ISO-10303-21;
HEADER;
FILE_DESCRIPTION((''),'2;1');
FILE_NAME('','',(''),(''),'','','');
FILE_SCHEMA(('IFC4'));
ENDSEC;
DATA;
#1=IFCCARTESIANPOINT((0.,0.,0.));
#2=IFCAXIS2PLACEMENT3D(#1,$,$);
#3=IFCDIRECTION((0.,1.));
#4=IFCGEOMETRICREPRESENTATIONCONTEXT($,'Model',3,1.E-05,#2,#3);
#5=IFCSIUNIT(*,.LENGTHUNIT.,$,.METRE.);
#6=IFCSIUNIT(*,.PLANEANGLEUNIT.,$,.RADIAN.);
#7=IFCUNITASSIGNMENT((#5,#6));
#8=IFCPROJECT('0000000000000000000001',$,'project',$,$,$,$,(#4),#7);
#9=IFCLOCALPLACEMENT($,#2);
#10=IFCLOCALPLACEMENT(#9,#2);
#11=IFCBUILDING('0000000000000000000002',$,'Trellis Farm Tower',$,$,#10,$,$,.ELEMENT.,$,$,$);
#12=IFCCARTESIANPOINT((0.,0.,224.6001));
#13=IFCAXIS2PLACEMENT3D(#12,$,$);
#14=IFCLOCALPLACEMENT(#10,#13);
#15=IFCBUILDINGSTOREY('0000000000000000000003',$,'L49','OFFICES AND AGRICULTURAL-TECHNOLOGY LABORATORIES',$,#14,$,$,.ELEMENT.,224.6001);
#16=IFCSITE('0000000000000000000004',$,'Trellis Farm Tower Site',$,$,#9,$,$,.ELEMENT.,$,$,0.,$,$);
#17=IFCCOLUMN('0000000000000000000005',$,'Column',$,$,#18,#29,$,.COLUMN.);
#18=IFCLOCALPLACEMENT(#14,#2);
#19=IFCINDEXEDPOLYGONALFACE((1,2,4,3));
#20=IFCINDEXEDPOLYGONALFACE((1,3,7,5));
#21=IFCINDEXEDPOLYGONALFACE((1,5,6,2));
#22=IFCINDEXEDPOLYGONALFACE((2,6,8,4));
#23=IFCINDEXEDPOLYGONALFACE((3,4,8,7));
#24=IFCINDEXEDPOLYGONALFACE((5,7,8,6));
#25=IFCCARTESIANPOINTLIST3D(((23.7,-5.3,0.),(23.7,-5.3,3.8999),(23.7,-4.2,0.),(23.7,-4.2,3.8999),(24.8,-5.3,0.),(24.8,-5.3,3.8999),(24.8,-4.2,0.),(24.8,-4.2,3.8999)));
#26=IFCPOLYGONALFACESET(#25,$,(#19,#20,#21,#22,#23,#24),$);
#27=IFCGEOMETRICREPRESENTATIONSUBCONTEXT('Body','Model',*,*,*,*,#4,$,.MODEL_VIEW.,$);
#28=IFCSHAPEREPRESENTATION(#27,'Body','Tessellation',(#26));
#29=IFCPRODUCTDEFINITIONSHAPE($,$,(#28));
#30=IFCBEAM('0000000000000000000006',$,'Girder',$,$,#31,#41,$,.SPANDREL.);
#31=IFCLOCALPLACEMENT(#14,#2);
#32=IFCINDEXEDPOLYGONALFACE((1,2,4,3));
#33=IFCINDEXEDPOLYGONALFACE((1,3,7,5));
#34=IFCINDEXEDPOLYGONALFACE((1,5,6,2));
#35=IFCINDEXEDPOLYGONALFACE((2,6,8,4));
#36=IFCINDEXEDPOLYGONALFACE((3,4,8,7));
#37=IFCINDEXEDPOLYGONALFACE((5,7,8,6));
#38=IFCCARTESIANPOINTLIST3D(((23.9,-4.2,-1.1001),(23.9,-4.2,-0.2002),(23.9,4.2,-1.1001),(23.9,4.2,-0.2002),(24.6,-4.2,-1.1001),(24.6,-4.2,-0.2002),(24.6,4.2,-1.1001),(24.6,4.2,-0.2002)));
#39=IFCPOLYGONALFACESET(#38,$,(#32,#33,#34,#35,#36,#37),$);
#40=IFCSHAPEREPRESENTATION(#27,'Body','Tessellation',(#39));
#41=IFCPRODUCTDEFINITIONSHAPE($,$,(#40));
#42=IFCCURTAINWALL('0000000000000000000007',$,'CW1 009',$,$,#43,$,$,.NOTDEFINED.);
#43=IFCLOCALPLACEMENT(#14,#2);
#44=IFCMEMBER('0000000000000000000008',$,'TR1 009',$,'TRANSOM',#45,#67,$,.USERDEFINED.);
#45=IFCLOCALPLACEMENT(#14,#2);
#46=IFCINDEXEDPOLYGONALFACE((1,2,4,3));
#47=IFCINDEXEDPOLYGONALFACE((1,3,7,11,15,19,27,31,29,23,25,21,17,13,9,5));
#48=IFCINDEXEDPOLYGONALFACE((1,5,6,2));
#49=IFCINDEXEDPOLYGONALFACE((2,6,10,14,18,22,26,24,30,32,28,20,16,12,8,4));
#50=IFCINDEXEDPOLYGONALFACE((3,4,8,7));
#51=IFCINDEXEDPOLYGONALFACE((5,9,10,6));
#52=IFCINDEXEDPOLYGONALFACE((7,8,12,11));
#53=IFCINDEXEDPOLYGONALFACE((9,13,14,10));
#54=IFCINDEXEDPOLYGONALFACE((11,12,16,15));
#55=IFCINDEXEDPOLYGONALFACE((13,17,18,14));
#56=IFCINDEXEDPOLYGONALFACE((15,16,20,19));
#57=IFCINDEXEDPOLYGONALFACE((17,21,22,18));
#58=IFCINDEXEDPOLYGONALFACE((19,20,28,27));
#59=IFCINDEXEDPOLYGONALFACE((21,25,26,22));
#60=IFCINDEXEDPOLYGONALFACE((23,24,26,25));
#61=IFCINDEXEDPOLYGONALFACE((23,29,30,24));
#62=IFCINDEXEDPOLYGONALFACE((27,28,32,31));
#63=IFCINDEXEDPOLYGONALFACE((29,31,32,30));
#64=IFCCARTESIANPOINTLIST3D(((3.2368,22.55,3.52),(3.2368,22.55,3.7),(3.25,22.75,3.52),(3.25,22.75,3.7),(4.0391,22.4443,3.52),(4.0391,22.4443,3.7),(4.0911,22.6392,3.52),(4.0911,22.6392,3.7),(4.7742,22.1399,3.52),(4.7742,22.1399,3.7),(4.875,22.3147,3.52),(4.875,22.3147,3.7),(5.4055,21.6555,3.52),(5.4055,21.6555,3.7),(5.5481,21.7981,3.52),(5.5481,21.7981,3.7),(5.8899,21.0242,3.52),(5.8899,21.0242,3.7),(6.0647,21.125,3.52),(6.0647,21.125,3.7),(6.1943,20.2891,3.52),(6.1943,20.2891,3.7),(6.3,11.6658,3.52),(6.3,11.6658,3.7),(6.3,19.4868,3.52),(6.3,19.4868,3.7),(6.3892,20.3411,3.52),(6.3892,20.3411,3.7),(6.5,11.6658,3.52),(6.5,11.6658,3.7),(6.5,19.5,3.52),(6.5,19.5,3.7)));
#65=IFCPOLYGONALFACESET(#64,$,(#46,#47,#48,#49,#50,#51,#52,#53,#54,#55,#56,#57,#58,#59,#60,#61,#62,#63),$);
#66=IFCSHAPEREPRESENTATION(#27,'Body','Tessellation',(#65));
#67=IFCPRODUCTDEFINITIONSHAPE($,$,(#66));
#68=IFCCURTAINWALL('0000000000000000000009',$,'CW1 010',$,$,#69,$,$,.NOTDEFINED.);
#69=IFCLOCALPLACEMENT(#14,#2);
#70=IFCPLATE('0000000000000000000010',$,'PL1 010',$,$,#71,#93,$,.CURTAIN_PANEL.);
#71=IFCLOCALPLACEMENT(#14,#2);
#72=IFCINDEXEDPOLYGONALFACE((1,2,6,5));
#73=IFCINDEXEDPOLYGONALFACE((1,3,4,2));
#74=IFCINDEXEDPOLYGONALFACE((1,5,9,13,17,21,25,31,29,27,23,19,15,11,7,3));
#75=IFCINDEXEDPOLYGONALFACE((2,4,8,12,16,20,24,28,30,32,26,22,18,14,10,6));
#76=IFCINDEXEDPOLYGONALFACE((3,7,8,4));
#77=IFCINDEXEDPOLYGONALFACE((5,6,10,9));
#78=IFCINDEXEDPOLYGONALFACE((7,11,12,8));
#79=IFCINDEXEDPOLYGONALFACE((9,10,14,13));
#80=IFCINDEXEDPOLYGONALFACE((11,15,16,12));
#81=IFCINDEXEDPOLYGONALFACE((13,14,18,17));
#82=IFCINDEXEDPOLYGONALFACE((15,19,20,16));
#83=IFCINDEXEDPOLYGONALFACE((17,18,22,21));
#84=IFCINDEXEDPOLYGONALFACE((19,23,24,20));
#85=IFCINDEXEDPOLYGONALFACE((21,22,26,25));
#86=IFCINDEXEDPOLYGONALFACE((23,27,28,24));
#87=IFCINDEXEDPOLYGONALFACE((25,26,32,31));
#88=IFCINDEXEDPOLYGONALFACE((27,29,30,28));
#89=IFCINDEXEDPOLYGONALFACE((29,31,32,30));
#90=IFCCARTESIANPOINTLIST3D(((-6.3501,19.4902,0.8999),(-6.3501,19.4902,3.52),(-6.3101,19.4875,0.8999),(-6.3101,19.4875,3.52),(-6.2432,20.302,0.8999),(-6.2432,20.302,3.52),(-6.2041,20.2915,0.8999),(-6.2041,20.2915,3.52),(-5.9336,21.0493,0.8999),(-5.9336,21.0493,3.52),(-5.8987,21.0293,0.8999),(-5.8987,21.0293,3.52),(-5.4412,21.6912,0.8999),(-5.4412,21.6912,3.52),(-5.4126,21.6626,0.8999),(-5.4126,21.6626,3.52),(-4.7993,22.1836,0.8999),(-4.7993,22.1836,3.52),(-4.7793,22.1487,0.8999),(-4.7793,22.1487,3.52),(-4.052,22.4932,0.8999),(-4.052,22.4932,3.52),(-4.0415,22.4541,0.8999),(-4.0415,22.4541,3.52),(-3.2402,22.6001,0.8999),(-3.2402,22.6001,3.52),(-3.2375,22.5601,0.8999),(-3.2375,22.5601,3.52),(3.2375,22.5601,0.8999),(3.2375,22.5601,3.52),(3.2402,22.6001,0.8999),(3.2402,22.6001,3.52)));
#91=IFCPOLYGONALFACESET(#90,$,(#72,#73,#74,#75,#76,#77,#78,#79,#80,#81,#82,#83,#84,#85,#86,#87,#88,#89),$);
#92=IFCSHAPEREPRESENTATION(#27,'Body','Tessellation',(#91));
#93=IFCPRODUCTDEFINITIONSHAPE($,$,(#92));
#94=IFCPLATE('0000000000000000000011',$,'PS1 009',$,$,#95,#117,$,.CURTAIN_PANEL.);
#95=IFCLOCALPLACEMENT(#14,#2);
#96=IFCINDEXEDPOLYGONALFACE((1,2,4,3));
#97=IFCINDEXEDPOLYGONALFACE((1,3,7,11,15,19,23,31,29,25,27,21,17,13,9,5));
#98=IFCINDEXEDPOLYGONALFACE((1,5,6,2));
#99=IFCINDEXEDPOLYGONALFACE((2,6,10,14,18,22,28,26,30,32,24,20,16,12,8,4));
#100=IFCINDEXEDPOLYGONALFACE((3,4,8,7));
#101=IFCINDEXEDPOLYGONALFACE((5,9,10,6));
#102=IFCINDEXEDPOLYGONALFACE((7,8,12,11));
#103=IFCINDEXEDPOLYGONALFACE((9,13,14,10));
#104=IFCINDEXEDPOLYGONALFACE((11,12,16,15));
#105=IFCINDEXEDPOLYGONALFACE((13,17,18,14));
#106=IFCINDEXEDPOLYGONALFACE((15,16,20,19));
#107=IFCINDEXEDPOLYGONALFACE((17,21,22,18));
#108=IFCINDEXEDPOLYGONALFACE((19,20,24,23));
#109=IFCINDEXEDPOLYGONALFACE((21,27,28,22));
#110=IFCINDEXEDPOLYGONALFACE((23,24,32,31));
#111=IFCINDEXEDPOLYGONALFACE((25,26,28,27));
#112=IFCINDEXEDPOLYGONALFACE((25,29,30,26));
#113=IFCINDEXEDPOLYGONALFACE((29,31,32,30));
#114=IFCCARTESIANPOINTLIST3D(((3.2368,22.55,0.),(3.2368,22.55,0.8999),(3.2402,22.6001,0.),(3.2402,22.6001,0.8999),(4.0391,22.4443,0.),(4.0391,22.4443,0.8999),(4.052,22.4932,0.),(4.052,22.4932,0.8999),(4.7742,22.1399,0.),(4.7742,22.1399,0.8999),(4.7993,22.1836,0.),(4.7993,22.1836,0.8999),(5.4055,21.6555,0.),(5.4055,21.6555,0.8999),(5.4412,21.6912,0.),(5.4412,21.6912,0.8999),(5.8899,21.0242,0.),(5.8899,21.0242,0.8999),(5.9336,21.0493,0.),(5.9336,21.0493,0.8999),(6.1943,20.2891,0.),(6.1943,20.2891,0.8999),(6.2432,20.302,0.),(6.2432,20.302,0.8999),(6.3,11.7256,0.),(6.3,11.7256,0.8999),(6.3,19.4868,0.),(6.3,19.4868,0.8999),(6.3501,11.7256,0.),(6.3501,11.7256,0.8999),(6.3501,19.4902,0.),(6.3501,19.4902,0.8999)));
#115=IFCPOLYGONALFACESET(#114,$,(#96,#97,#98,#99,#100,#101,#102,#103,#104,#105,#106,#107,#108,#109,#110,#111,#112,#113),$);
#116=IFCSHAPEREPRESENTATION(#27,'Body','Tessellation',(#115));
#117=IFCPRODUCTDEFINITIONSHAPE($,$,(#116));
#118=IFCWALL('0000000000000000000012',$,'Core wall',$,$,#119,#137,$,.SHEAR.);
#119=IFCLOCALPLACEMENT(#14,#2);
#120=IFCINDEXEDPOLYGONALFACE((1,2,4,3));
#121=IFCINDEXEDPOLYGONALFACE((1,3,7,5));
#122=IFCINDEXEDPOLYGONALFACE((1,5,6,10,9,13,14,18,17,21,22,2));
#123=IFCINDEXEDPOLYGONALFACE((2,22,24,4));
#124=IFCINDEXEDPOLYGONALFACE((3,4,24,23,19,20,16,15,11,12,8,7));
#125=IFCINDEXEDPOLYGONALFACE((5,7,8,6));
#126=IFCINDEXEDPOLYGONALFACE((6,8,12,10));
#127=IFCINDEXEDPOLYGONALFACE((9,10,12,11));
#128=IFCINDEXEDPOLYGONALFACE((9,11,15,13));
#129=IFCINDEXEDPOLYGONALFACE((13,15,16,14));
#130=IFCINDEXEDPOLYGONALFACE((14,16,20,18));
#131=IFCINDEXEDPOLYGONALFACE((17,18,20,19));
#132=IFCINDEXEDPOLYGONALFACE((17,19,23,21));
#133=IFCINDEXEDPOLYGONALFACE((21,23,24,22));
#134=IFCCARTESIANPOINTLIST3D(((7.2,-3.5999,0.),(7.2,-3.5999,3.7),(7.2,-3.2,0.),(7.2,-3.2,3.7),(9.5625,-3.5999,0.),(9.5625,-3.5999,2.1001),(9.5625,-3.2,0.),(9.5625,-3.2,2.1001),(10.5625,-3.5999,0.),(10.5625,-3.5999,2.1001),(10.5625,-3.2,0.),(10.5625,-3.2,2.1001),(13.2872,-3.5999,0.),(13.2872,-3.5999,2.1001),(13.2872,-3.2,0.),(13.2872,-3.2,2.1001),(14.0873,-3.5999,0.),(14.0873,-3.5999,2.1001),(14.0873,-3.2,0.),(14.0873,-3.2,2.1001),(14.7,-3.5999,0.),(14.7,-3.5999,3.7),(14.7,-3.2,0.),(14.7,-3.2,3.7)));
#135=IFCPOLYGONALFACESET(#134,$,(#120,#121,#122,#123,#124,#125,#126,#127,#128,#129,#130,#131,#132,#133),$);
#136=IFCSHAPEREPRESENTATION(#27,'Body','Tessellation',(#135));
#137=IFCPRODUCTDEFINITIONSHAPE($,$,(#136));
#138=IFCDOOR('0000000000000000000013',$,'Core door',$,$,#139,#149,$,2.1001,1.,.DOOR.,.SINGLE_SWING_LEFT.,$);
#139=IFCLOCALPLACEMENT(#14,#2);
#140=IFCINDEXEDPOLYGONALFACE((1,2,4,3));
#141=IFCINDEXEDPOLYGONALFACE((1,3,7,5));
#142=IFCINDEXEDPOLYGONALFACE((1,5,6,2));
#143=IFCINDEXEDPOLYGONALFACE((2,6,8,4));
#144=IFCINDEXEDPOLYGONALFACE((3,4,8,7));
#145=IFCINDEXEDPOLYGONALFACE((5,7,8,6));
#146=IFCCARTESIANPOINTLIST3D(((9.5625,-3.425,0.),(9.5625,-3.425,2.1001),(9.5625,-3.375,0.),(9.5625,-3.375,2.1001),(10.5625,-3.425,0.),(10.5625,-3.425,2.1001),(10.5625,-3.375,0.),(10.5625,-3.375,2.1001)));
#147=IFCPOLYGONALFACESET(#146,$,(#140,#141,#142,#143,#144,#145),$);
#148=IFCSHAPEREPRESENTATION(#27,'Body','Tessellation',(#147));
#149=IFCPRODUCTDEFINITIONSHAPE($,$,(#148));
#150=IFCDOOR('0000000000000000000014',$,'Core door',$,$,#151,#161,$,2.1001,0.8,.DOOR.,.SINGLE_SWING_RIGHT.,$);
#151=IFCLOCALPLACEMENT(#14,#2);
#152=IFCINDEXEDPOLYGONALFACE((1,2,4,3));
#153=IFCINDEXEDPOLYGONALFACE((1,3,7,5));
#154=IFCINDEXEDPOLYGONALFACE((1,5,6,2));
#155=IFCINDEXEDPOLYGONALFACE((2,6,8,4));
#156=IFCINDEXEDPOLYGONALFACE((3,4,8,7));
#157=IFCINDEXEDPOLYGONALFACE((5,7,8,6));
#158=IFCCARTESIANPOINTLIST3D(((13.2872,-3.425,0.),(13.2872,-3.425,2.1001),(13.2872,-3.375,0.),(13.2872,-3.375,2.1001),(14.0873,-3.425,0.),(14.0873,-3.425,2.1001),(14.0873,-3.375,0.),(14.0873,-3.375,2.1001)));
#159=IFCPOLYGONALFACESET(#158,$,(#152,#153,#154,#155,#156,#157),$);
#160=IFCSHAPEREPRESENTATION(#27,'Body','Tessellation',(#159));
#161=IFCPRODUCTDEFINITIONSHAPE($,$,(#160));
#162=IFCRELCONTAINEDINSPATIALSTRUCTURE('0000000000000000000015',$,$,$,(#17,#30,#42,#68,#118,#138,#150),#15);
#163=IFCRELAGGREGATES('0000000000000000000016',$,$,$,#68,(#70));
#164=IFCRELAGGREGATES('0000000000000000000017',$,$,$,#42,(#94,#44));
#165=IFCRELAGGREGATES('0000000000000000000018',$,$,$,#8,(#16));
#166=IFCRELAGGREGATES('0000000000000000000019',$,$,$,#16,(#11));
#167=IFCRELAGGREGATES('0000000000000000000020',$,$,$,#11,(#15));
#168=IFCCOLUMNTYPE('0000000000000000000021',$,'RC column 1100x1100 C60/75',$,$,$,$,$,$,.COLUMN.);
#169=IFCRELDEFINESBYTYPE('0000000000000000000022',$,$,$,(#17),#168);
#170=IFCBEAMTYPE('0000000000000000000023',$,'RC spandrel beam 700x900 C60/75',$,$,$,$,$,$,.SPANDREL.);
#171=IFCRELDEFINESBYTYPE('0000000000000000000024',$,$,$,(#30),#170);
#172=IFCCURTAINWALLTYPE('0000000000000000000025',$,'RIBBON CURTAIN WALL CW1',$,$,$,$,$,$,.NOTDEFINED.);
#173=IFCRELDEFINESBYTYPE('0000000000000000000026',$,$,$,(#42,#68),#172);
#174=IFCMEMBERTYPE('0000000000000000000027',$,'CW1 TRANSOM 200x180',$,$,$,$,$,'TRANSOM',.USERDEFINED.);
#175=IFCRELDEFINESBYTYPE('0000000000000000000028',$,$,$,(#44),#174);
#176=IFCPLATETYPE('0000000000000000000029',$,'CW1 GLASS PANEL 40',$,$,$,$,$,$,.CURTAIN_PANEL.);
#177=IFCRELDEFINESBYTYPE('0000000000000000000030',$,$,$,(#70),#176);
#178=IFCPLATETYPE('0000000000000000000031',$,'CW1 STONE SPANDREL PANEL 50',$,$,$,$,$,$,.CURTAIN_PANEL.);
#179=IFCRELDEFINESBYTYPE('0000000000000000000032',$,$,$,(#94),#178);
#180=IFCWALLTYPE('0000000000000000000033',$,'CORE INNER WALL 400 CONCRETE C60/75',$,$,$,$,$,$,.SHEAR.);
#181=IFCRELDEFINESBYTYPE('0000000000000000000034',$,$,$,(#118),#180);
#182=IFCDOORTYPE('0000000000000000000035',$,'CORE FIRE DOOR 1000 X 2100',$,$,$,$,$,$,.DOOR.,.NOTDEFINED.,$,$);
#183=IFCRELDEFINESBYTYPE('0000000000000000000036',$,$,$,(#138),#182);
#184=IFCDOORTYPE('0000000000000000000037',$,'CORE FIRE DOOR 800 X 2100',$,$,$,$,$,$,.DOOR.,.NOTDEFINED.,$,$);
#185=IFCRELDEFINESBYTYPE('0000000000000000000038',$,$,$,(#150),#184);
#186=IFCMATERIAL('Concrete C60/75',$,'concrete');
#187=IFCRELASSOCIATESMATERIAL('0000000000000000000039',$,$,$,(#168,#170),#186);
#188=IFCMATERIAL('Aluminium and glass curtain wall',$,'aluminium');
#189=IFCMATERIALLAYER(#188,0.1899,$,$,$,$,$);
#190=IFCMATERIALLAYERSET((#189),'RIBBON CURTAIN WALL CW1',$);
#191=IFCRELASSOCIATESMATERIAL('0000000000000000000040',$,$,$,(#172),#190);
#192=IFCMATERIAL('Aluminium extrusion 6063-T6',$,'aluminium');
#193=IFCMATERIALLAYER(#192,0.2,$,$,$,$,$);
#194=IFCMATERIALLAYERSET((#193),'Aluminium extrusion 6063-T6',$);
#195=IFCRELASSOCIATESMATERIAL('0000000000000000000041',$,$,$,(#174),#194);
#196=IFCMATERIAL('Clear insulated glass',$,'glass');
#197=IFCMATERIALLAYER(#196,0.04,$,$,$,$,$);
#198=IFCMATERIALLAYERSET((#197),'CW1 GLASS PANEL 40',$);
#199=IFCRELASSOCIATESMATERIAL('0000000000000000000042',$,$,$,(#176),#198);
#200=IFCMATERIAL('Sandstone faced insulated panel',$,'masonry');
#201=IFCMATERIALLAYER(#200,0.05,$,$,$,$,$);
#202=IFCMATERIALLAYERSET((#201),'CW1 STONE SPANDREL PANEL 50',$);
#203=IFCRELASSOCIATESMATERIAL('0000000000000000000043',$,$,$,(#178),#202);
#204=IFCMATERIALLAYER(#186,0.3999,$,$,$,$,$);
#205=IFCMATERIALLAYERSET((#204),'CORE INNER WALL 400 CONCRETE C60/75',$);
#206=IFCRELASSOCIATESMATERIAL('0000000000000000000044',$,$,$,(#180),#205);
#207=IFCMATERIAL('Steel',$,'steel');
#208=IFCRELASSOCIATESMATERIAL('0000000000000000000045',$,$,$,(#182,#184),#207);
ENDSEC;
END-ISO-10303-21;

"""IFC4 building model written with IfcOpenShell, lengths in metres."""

from ifc_helpers import new_model, si_unit, direction, frame, frame_2d, origin, origin_2d, place, context, subcontext, project, spatial, polyline, rectangle, outline, extrude, source, transform, mapped, material, layer, layer_set, material_profile, profile_set, type_object, element, fill, aggregate, save


model = new_model("IFC4")

# Units and contexts
model_context = context("Model", 3, precision=1e-05, world=origin(), true_north=direction((0.0, 1.0)))
body_context = subcontext(model_context, "Body", "Model", "MODEL_VIEW")
ifc_project = project(units=[si_unit("LENGTHUNIT", "METRE"), si_unit("PLANEANGLEUNIT", "RADIAN")], contexts=[model_context])

# Site, building, storey
site_placement = place(None, origin())
site = spatial("IfcSite", under=ifc_project, at=site_placement, Name="Trellis Farm Tower Site", CompositionType="ELEMENT", RefElevation=0.0)
building_placement = place(site_placement, origin())
building = spatial("IfcBuilding", under=site, at=building_placement, Name="Trellis Farm Tower", CompositionType="ELEMENT")
storey_placement = place(building_placement, frame((0.0, 0.0, 224.6001)))
storey = spatial("IfcBuildingStorey", under=building, at=storey_placement, Name="L49", Description="OFFICES AND AGRICULTURAL-TECHNOLOGY LABORATORIES", CompositionType="ELEMENT", Elevation=224.6001)

# Column
ifc_material_1 = material(Name="Concrete C60/75", Category="concrete")
ifc_material_profile_1 = material_profile(ifc_material_1, rectangle(XDim=1.1001, YDim=1.1001, at=origin_2d()), Name="RC column 1100x1100 C60/75")
ifc_profile_set_1 = profile_set([ifc_material_profile_1], Name="Concrete C60/75")
column_type = type_object("IfcColumnType", Name="RC column 1100x1100 C60/75", PredefinedType="COLUMN", material=ifc_profile_set_1)
shared_shape_1 = source(origin(), body_context, "Body", "SweptSolid", [
    extrude(rectangle(XDim=1.1001, YDim=1.1001, at=origin_2d()), origin(), (0.0, 0.0, 1.0), 3.8999),
])
column_placement = place(storey_placement, frame((24.25, -4.75, 0.0), z_axis=(0.0, 0.0, 1.0), x_axis=(1.0, 0.0, 0.0)))
element("IfcColumn", 1, at=column_placement, inside=storey, type_object=column_type, Name="Column", PredefinedType="COLUMN", context=body_context, shape_type="MappedRepresentation", body=[
    mapped(shared_shape_1, transform((0.0, 0.0, 0.0))),
])

# Beam
ifc_material_profile_2 = material_profile(ifc_material_1, rectangle(XDim=0.7, YDim=0.8999, at=origin_2d()), Name="RC spandrel beam 700x900 C60/75")
ifc_profile_set_2 = profile_set([ifc_material_profile_2], Name="Concrete C60/75")
beam_type = type_object("IfcBeamType", Name="RC spandrel beam 700x900 C60/75", PredefinedType="SPANDREL", material=ifc_profile_set_2)
shared_shape_2 = source(origin(), body_context, "Body", "SweptSolid", [
    extrude(rectangle(XDim=0.7, YDim=0.8999, at=origin_2d()), origin(), (0.0, 0.0, 1.0), 8.3999),
])
beam_placement = place(storey_placement, frame((24.25, -4.2, -0.6501), z_axis=(0.0, 1.0, 0.0), x_axis=(-1.0, 0.0, 0.0)))
element("IfcBeam", 2, at=beam_placement, inside=storey, type_object=beam_type, Name="Girder", PredefinedType="SPANDREL", context=body_context, shape_type="MappedRepresentation", body=[
    mapped(shared_shape_2, transform((0.0, 0.0, 0.0))),
])

# Curtain wall, member
ifc_material_2 = material(Name="Aluminium and glass curtain wall", Category="aluminium")
ifc_layer_1 = layer(ifc_material_2, 0.1899)
ifc_layer_set_1 = layer_set([ifc_layer_1], Name="RIBBON CURTAIN WALL CW1")
curtain_wall_type = type_object("IfcCurtainWallType", Name="RIBBON CURTAIN WALL CW1", PredefinedType="NOTDEFINED", material=ifc_layer_set_1)
placement = place(storey_placement, origin())
curtain_wall_1 = element("IfcCurtainWall", 3, at=placement, inside=storey, type_object=curtain_wall_type, Name="CW1 009", PredefinedType="NOTDEFINED")
ifc_material_3 = material(Name="Aluminium extrusion 6063-T6", Category="aluminium")
ifc_layer_2 = layer(ifc_material_3, 0.2)
ifc_layer_set_2 = layer_set([ifc_layer_2], Name="Aluminium extrusion 6063-T6")
member_type = type_object("IfcMemberType", Name="CW1 TRANSOM 200x180", ElementType="TRANSOM", PredefinedType="USERDEFINED", material=ifc_layer_set_2)
shared_shape_3 = source(origin(), body_context, "Body", "SweptSolid", [
    extrude(outline(polyline([(6.5, 11.6658), (6.5, 19.5), (6.3892, 20.3411), (6.0647, 21.125), (5.5481, 21.7981), (4.875, 22.3147), (4.0911, 22.6392), (3.25, 22.75), (3.2368, 22.55), (4.0391, 22.4443), (4.7742, 22.1399), (5.4055, 21.6555), (5.8899, 21.0242), (6.1943, 20.2891), (6.3, 19.4868), (6.3, 11.6658), (6.5, 11.6658)])), origin(), (0.0, 0.0, 1.0), 0.1799),
])
member_placement = place(storey_placement, frame((0.0, 0.0, 3.52)))
member = element("IfcMember", 4, at=member_placement, type_object=member_type, Name="TR1 009", ObjectType="TRANSOM", PredefinedType="USERDEFINED", context=body_context, shape_type="MappedRepresentation", body=[
    mapped(shared_shape_3, transform((0.0, 0.0, 0.0))),
])

# Curtain wall, plate
curtain_wall_2 = element("IfcCurtainWall", 5, at=placement, inside=storey, type_object=curtain_wall_type, Name="CW1 010", PredefinedType="NOTDEFINED")
ifc_material_4 = material(Name="Clear insulated glass", Category="glass")
ifc_layer_3 = layer(ifc_material_4, 0.04)
ifc_layer_set_3 = layer_set([ifc_layer_3], Name="CW1 GLASS PANEL 40")
plate_type_1 = type_object("IfcPlateType", Name="CW1 GLASS PANEL 40", PredefinedType="CURTAIN_PANEL", material=ifc_layer_set_3)
shared_shape_4 = source(origin(), body_context, "Body", "SweptSolid", [
    extrude(outline(polyline([(3.2402, 22.6001), (-3.2402, 22.6001), (-4.052, 22.4932), (-4.7993, 22.1836), (-5.4412, 21.6912), (-5.9336, 21.0493), (-6.2432, 20.302), (-6.3501, 19.4902), (-6.3101, 19.4875), (-6.2041, 20.2915), (-5.8987, 21.0293), (-5.4126, 21.6626), (-4.7793, 22.1487), (-4.0415, 22.4541), (-3.2375, 22.5601), (3.2375, 22.5601), (3.2402, 22.6001)])), origin(), (0.0, 0.0, 1.0), 2.6201),
])
plate_1_placement = place(storey_placement, frame((0.0, 0.0, 0.8999)))
plate_1 = element("IfcPlate", 6, at=plate_1_placement, type_object=plate_type_1, Name="PL1 010", PredefinedType="CURTAIN_PANEL", context=body_context, shape_type="MappedRepresentation", body=[
    mapped(shared_shape_4, transform((0.0, 0.0, 0.0))),
])
aggregate(curtain_wall_2, [plate_1])

# Plate
ifc_material_5 = material(Name="Sandstone faced insulated panel", Category="masonry")
ifc_layer_4 = layer(ifc_material_5, 0.05)
ifc_layer_set_4 = layer_set([ifc_layer_4], Name="CW1 STONE SPANDREL PANEL 50")
plate_type_2 = type_object("IfcPlateType", Name="CW1 STONE SPANDREL PANEL 50", PredefinedType="CURTAIN_PANEL", material=ifc_layer_set_4)
shared_shape_5 = source(origin(), body_context, "Body", "SweptSolid", [
    extrude(outline(polyline([(6.3501, 11.7256), (6.3501, 19.4902), (6.2432, 20.302), (5.9336, 21.0493), (5.4412, 21.6912), (4.7993, 22.1836), (4.052, 22.4932), (3.2402, 22.6001), (3.2368, 22.55), (4.0391, 22.4443), (4.7742, 22.1399), (5.4055, 21.6555), (5.8899, 21.0242), (6.1943, 20.2891), (6.3, 19.4868), (6.3, 11.7256), (6.3501, 11.7256)])), origin(), (0.0, 0.0, 1.0), 0.8999),
])
plate_2 = element("IfcPlate", 7, at=placement, type_object=plate_type_2, Name="PS1 009", PredefinedType="CURTAIN_PANEL", context=body_context, shape_type="MappedRepresentation", body=[
    mapped(shared_shape_5, transform((0.0, 0.0, 0.0))),
])
aggregate(curtain_wall_1, [plate_2, member])

# Wall, openings, doors
ifc_layer_5 = layer(ifc_material_1, 0.3999)
ifc_layer_set_5 = layer_set([ifc_layer_5], Name="CORE INNER WALL 400 CONCRETE C60/75")
wall_type_1 = type_object("IfcWallType", Name="CORE INNER WALL 400 CONCRETE C60/75", PredefinedType="SHEAR", material=ifc_layer_set_5)
shared_shape_6 = source(origin(), body_context, "Body", "SweptSolid", [
    extrude(rectangle(XDim=7.5, YDim=0.3999, at=frame_2d((3.75, 0.0))), origin(), (0.0, 0.0, 1.0), 3.7),
])
wall_1_placement = place(storey_placement, frame((7.2, -3.3999, 0.0), z_axis=(0.0, 0.0, 1.0), x_axis=(1.0, 0.0, 0.0)))
wall_1 = element("IfcWall", 8, at=wall_1_placement, inside=storey, type_object=wall_type_1, Name="Core wall", PredefinedType="SHEAR", context=body_context, shape_type="MappedRepresentation", body=[
    mapped(shared_shape_6, transform((0.0, 0.0, 0.0))),
])
shared_shape_7 = source(origin(), body_context, "Body", "SweptSolid", [
    extrude(rectangle(XDim=1.0, YDim=2.1001, at=frame_2d((0.5, 1.05))), frame((0.0, 0.21, 0.0), z_axis=(0.0, -1.0, 0.0), x_axis=(1.0, 0.0, 0.0)), (0.0, 0.0, 1.0), 0.4199),
])
opening_1_placement = place(wall_1_placement, frame((2.3625, 0.0, 0.0)))
opening_1 = element("IfcOpeningElement", 9, at=opening_1_placement, cuts=wall_1, PredefinedType="OPENING", context=body_context, shape_type="MappedRepresentation", body=[
    mapped(shared_shape_7, transform((0.0, 0.0, 0.0))),
])
shared_shape_8 = source(origin(), body_context, "Body", "SweptSolid", [
    extrude(rectangle(XDim=0.8, YDim=2.1001, at=frame_2d((0.3999, 1.05))), frame((0.0, 0.21, 0.0), z_axis=(0.0, -1.0, 0.0), x_axis=(1.0, 0.0, 0.0)), (0.0, 0.0, 1.0), 0.4199),
])
opening_2_placement = place(wall_1_placement, frame((6.0874, 0.0, 0.0)))
opening_2 = element("IfcOpeningElement", 10, at=opening_2_placement, cuts=wall_1, PredefinedType="OPENING", context=body_context, shape_type="MappedRepresentation", body=[
    mapped(shared_shape_8, transform((0.0, 0.0, 0.0))),
])
ifc_material_6 = material(Name="Steel", Category="steel")
door_type_1 = type_object("IfcDoorType", Name="CORE FIRE DOOR 1000 X 2100", OperationType="NOTDEFINED", PredefinedType="DOOR", material=ifc_material_6)
shared_shape_9 = source(origin(), body_context, "Body", "SweptSolid", [
    extrude(rectangle(XDim=1.0, YDim=2.1001, at=frame_2d((0.5, 1.05))), frame((0.0, 0.0249, 0.0), z_axis=(0.0, -1.0, 0.0), x_axis=(1.0, 0.0, 0.0)), (0.0, 0.0, 1.0), 0.05),
])
door_1_placement = place(opening_1_placement, origin())
door_1 = element("IfcDoor", 11, at=door_1_placement, inside=storey, type_object=door_type_1, Name="Core door", OperationType="SINGLE_SWING_LEFT", OverallHeight=2.1001, OverallWidth=1.0, PredefinedType="DOOR", context=body_context, shape_type="MappedRepresentation", body=[
    mapped(shared_shape_9, transform((0.0, 0.0, 0.0))),
])
fill(opening_1, door_1)
door_type_2 = type_object("IfcDoorType", Name="CORE FIRE DOOR 800 X 2100", OperationType="NOTDEFINED", PredefinedType="DOOR", material=ifc_material_6)
shared_shape_10 = source(origin(), body_context, "Body", "SweptSolid", [
    extrude(rectangle(XDim=0.8, YDim=2.1001, at=frame_2d((0.3999, 1.05))), frame((0.0, 0.0249, 0.0), z_axis=(0.0, -1.0, 0.0), x_axis=(1.0, 0.0, 0.0)), (0.0, 0.0, 1.0), 0.05),
])
door_2_placement = place(opening_2_placement, origin())
door_2 = element("IfcDoor", 12, at=door_2_placement, inside=storey, type_object=door_type_2, Name="Core door", OperationType="SINGLE_SWING_RIGHT", OverallHeight=2.1001, OverallWidth=0.8, PredefinedType="DOOR", context=body_context, shape_type="MappedRepresentation", body=[
    mapped(shared_shape_10, transform((0.0, 0.0, 0.0))),
])
fill(opening_2, door_2)

save(model, "model.ifc")
